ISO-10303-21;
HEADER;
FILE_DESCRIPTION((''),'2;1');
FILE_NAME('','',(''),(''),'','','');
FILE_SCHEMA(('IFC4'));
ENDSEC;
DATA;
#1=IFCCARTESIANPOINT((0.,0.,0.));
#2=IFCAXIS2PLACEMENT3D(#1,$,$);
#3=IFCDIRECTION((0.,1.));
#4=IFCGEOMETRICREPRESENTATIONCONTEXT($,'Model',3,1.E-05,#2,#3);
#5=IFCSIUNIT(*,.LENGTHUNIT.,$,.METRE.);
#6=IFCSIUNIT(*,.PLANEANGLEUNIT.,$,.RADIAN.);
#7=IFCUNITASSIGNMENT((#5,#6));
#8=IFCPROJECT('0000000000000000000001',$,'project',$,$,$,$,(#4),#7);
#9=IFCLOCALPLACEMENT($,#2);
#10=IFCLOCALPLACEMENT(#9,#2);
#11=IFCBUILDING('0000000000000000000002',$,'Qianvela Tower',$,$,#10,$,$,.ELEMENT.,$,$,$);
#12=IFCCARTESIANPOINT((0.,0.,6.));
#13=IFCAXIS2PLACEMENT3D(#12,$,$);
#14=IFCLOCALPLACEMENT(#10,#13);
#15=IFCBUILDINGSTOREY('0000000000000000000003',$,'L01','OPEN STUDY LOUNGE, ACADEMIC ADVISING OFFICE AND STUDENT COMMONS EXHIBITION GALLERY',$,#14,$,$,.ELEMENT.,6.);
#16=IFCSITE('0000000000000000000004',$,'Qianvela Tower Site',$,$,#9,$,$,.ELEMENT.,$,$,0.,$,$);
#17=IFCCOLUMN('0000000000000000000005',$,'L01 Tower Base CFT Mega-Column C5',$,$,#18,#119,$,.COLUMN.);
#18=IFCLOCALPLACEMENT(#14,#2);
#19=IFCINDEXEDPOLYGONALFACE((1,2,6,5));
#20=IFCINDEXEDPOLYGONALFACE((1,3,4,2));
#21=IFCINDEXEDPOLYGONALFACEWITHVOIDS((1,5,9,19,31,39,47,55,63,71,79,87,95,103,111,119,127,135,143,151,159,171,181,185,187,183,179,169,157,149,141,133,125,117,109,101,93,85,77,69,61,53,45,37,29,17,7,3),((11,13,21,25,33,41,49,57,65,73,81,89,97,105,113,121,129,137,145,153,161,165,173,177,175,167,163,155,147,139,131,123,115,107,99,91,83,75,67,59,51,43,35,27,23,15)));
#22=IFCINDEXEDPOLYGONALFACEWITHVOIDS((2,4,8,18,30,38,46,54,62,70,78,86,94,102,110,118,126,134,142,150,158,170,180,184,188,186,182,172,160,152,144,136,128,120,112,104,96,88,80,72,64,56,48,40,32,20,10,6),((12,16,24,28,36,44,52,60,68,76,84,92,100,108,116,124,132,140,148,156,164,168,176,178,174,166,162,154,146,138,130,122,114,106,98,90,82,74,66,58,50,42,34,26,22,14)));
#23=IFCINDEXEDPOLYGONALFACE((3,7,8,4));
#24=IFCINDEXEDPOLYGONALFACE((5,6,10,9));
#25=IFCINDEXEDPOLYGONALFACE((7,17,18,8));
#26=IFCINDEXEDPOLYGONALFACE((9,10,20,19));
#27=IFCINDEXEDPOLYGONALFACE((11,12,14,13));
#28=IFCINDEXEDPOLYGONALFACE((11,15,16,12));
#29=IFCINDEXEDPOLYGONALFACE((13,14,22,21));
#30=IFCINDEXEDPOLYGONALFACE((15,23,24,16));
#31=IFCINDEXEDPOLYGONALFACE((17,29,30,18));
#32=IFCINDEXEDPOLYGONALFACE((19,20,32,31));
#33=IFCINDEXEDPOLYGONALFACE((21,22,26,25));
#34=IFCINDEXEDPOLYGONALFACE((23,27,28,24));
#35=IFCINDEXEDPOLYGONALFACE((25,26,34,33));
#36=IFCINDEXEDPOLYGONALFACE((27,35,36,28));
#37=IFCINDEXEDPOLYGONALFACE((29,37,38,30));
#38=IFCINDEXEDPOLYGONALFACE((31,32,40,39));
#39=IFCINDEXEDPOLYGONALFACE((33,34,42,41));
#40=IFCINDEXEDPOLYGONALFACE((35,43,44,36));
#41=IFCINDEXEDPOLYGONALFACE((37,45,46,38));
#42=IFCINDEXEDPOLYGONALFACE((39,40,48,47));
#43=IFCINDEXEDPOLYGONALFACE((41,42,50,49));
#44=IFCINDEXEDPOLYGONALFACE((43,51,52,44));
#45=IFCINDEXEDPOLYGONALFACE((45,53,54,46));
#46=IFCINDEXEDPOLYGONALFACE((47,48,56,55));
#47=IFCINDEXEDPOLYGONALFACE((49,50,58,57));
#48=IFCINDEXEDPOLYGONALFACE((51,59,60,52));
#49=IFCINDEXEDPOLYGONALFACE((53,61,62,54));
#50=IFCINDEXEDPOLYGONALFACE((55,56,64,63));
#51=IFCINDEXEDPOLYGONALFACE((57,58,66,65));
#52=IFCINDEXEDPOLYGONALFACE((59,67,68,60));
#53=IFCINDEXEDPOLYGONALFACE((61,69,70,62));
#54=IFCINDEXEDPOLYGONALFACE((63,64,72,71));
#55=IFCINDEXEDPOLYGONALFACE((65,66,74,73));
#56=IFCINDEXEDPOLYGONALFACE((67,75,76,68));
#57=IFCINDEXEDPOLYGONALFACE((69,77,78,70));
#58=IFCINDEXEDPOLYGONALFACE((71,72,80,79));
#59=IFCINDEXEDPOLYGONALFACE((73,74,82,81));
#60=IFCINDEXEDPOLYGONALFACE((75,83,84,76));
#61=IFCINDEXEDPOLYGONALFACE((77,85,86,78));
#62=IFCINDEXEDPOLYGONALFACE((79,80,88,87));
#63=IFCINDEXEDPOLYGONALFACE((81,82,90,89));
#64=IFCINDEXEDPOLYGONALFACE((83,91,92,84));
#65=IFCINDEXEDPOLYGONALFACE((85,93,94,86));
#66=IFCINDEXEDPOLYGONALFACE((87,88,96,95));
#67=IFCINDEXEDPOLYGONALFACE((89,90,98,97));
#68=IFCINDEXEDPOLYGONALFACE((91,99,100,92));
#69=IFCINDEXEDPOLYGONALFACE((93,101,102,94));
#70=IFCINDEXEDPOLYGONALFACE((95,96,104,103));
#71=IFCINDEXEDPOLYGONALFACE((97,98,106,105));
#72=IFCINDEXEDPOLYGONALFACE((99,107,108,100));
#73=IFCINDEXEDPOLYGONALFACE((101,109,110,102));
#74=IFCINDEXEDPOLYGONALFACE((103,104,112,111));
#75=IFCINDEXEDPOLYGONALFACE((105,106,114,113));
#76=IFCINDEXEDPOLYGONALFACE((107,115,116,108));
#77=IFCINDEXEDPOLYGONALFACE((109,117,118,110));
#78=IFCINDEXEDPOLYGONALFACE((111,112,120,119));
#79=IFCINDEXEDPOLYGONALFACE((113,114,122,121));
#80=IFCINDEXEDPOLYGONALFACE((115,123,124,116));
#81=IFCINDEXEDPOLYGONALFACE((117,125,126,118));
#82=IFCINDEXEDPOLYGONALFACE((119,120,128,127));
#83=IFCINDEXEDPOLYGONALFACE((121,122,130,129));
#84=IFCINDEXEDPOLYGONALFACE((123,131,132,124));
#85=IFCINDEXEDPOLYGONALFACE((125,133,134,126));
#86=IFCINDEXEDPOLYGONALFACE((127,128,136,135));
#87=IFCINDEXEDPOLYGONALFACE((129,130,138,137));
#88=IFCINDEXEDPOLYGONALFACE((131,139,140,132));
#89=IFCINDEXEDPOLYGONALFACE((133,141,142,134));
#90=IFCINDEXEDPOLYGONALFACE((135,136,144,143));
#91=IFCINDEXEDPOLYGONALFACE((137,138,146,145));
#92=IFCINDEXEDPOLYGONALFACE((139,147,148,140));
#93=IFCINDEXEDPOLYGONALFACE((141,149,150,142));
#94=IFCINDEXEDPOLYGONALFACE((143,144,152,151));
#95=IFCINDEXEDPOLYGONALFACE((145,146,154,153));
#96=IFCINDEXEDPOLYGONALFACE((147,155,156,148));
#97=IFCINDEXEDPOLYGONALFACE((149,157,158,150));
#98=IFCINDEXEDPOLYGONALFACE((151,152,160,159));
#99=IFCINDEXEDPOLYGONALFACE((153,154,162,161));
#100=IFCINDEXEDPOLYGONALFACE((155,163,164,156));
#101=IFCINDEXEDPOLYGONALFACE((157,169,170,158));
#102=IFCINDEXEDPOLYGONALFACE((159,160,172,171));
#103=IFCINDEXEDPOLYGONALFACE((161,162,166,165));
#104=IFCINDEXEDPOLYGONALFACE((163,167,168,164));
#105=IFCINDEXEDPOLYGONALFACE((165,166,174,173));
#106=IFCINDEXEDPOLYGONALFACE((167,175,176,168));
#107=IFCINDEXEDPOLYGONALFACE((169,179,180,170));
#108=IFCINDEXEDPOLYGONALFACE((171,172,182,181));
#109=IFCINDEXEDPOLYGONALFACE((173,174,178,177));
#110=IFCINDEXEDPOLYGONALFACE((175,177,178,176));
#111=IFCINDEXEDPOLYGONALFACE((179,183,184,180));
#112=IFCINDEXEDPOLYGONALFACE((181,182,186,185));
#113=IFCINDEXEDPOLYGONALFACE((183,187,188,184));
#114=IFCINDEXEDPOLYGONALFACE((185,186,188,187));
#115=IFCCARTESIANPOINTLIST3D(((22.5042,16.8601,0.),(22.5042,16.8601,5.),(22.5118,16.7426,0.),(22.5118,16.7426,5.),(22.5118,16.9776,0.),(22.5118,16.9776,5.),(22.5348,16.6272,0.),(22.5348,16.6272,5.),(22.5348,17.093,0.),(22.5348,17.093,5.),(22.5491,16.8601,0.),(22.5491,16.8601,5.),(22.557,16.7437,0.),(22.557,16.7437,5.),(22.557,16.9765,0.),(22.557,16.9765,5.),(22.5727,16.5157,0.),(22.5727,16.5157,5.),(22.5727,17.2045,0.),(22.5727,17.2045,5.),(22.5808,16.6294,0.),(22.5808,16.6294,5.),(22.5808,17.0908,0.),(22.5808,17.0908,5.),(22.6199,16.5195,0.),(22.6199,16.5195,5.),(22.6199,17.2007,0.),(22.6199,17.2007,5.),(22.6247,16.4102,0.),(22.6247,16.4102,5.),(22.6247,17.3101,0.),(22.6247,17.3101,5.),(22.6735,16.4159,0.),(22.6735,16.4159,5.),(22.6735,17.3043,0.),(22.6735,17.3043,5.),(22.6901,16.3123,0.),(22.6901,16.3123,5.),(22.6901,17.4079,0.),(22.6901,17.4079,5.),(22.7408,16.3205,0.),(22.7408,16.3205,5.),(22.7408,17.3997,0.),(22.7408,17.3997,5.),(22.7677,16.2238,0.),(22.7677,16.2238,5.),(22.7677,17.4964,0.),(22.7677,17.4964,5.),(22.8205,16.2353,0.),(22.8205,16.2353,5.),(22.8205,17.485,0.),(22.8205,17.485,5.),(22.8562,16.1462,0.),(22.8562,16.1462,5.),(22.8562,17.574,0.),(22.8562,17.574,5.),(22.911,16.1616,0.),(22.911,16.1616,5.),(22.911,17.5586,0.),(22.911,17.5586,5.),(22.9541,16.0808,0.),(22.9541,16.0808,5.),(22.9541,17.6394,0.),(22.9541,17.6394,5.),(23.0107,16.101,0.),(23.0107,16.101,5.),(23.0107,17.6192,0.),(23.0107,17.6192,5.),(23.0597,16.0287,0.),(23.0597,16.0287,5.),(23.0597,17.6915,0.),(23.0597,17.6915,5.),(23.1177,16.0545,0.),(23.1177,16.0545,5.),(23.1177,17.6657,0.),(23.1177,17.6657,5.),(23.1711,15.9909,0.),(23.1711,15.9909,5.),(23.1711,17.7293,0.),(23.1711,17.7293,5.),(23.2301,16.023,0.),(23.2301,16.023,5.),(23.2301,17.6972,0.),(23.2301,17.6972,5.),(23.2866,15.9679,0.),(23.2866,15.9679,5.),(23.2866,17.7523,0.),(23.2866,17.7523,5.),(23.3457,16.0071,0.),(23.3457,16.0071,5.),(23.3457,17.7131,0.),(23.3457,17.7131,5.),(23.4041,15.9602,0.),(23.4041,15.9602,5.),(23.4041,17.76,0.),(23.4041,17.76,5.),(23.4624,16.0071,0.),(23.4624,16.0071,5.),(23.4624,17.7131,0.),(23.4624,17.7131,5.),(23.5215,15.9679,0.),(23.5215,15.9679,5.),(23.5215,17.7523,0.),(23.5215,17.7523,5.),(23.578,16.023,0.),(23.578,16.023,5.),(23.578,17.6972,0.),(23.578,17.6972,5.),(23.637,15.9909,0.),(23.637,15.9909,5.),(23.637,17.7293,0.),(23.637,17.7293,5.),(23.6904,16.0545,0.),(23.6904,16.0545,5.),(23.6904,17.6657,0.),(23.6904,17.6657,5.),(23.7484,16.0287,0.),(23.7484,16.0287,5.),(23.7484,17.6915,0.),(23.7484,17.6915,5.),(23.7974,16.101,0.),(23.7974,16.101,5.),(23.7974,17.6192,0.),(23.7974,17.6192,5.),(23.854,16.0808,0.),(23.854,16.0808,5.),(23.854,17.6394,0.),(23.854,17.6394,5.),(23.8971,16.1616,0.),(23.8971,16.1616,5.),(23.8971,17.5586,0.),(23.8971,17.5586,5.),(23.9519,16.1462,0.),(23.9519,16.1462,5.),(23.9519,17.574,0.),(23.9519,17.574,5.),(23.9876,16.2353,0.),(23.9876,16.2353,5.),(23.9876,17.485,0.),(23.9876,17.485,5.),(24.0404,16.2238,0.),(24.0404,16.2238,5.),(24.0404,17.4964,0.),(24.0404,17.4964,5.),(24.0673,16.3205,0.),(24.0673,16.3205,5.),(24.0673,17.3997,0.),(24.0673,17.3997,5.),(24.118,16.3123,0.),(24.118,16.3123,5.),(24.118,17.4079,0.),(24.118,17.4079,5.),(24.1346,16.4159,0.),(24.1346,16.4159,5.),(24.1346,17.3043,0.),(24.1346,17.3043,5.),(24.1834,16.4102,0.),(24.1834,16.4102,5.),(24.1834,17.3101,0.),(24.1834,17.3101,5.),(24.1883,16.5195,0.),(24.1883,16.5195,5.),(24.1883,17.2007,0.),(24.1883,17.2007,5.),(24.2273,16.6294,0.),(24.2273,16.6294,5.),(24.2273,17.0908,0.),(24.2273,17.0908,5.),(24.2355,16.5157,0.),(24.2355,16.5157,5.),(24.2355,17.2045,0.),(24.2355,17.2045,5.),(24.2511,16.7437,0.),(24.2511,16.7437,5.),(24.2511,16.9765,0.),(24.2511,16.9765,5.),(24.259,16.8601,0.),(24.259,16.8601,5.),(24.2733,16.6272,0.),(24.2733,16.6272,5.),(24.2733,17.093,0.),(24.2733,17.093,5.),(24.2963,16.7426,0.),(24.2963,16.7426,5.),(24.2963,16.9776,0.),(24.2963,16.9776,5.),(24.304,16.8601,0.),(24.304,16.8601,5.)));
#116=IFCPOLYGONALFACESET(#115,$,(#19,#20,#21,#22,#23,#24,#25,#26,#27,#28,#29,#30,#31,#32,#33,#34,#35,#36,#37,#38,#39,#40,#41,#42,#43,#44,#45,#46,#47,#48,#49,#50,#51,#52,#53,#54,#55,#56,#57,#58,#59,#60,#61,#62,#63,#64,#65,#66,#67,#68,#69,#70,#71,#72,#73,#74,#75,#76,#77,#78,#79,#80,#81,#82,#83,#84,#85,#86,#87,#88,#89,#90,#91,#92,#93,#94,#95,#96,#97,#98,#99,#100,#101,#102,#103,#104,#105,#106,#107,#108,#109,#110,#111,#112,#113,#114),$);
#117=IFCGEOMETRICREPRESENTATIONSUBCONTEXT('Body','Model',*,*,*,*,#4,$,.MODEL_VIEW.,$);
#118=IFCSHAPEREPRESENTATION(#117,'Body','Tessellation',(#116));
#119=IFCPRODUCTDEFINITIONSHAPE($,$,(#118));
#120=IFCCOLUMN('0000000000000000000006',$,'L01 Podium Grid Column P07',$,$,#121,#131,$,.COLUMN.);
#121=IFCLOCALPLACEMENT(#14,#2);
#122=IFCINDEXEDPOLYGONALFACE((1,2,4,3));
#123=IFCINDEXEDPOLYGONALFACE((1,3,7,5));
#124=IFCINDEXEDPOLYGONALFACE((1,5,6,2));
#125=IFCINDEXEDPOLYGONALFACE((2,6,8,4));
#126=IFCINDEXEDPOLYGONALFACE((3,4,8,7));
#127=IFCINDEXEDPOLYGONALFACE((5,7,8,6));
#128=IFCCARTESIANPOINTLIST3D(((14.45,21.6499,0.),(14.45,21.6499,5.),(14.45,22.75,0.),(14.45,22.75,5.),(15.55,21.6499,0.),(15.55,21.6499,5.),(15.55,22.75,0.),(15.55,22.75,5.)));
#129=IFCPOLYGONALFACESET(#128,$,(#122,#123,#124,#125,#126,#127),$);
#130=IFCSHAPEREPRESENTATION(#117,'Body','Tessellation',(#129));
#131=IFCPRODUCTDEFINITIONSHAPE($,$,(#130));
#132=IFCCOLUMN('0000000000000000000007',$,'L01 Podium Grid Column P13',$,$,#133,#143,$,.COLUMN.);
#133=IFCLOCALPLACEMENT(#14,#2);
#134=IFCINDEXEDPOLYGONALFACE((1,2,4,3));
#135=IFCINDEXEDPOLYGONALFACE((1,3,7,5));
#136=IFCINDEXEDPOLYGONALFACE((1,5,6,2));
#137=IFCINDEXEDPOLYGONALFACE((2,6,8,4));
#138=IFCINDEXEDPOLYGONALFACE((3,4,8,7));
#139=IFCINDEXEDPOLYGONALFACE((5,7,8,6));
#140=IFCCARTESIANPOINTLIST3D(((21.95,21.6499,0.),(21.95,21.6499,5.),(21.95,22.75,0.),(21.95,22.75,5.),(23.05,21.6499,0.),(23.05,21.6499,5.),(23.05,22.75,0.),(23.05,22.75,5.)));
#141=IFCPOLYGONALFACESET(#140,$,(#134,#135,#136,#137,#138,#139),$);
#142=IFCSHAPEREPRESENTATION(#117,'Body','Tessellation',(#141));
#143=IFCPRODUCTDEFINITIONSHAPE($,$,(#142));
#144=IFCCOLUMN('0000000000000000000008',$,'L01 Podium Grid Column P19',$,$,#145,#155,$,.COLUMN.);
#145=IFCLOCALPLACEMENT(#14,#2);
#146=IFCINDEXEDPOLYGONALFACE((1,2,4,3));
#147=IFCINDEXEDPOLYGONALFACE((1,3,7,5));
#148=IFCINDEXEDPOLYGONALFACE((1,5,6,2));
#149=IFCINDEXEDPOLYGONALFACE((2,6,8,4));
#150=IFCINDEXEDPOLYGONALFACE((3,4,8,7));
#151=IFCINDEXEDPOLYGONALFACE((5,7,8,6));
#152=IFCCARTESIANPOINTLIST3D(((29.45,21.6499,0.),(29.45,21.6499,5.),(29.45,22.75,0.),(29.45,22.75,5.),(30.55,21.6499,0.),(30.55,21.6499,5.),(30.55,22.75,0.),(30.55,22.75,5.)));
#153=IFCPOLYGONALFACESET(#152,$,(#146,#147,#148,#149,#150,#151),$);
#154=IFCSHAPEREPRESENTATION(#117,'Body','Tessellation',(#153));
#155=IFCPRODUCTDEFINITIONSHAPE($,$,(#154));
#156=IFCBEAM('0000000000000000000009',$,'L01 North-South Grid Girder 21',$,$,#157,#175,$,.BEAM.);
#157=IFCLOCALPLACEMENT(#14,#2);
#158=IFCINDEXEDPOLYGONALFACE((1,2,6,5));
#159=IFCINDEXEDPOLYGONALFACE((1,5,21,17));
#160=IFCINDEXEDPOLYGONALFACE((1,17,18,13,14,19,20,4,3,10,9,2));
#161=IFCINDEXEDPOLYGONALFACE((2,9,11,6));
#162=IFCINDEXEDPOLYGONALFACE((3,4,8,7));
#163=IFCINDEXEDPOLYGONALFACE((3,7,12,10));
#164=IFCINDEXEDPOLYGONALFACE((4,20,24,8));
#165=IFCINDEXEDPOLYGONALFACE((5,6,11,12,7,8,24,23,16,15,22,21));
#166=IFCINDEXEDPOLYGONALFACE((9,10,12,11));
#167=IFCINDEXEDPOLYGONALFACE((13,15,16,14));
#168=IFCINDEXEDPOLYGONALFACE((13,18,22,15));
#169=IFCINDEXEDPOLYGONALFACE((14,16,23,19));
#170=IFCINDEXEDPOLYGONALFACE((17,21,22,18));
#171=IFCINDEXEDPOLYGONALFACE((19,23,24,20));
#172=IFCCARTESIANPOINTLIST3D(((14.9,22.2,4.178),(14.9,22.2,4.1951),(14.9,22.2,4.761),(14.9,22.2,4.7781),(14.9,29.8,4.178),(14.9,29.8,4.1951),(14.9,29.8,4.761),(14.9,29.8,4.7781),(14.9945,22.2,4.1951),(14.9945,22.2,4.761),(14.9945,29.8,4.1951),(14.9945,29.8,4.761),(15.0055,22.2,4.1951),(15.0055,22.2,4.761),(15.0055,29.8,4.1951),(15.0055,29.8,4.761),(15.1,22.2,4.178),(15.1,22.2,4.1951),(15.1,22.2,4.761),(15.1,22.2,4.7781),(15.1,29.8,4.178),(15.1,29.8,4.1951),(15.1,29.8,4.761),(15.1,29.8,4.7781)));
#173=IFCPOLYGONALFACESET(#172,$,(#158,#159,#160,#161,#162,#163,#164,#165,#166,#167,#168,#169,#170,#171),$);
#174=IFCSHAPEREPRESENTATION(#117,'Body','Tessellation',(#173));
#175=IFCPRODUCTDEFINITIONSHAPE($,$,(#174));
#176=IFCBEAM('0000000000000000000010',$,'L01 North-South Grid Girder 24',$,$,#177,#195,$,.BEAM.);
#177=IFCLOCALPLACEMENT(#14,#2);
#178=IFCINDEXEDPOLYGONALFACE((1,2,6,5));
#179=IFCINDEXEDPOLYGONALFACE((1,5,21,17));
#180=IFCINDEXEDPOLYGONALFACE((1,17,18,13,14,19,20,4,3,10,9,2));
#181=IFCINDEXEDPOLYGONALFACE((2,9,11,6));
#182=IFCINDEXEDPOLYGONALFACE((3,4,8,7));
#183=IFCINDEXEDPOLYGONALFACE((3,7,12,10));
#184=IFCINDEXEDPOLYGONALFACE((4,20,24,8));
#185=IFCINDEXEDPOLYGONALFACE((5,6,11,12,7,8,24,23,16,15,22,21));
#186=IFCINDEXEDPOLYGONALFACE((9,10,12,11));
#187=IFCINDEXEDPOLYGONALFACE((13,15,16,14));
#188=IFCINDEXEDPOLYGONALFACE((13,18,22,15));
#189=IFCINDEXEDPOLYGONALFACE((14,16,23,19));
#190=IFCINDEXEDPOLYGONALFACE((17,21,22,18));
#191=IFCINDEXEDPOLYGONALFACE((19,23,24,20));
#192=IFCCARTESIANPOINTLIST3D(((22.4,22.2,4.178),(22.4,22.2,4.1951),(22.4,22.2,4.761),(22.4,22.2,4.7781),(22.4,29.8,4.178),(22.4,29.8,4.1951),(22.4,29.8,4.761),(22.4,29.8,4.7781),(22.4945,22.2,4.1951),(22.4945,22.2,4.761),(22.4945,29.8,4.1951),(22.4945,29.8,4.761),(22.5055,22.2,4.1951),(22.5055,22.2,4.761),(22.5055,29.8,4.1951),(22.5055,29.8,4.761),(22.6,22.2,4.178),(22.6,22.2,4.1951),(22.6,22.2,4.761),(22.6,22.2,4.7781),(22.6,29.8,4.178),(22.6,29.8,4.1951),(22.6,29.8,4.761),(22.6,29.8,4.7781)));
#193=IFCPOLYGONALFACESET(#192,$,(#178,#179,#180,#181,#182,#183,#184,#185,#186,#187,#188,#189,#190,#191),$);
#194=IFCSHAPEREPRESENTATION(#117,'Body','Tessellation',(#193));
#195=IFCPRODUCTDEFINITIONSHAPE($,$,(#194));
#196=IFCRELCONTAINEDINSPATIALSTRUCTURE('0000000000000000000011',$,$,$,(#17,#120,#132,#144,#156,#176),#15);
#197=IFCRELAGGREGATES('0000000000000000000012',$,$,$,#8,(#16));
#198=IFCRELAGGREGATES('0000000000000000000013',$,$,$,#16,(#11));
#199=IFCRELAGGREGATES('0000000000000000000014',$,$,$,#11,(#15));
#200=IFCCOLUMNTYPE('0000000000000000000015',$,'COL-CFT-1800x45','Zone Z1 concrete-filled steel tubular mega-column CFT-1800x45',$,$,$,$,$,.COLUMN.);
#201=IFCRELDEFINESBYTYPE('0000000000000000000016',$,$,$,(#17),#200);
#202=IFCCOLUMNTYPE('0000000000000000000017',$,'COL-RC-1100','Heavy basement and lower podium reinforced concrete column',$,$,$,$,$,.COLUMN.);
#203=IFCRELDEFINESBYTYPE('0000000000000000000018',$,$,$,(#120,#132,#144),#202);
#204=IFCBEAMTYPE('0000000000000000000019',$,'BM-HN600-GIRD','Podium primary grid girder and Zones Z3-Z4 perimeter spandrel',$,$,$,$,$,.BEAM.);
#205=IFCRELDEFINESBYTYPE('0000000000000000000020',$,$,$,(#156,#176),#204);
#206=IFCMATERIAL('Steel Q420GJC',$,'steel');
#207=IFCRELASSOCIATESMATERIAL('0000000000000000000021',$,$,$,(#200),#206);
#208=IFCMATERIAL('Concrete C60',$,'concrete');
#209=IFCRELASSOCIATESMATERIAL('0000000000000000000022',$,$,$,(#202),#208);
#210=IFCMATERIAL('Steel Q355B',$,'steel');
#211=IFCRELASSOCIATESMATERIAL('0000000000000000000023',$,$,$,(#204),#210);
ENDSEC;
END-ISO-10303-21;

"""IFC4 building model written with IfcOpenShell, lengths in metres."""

from ifc_helpers import new_model, si_unit, direction, frame, origin, origin_2d, place, context, subcontext, project, spatial, rectangle, hollow_circle, i_section, extrude, material, material_profile, profile_set, type_object, element, save


model = new_model("IFC4")

# Units and contexts
model_context = context("Model", 3, precision=1e-05, world=origin(), true_north=direction((0.0, 1.0)))
body_context = subcontext(model_context, "Body", "Model", "MODEL_VIEW")
ifc_project = project(units=[si_unit("LENGTHUNIT", "METRE"), si_unit("PLANEANGLEUNIT", "RADIAN")], contexts=[model_context])

# Site, building, storey
site_placement = place(None, origin())
site = spatial("IfcSite", under=ifc_project, at=site_placement, Name="Qianvela Tower Site", CompositionType="ELEMENT", RefElevation=0.0)
building_placement = place(site_placement, origin())
building = spatial("IfcBuilding", under=site, at=building_placement, Name="Qianvela Tower", CompositionType="ELEMENT")
storey_placement = place(building_placement, frame((0.0, 0.0, 6.0)))
storey = spatial("IfcBuildingStorey", under=building, at=storey_placement, Name="L01", Description="OPEN STUDY LOUNGE, ACADEMIC ADVISING OFFICE AND STUDENT COMMONS EXHIBITION GALLERY", CompositionType="ELEMENT", Elevation=6.0)

# Columns
ifc_material_1 = material(Name="Steel Q420GJC", Category="steel")
ifc_material_profile_1 = material_profile(ifc_material_1, hollow_circle(Radius=0.8999, WallThickness=0.0449, at=origin_2d()), Name="CFT-1800x45")
ifc_profile_set_1 = profile_set([ifc_material_profile_1], Name="Steel Q420GJC")
column_type_1 = type_object("IfcColumnType", Name="COL-CFT-1800x45", Description="Zone Z1 concrete-filled steel tubular mega-column CFT-1800x45", PredefinedType="COLUMN", material=ifc_profile_set_1)
column_placement = place(storey_placement, frame((23.4041, 16.8601, 0.0), z_axis=(0.0, 0.0, 1.0), x_axis=(1.0, 0.0, 0.0)))
element("IfcColumn", 1, at=column_placement, inside=storey, type_object=column_type_1, Name="L01 Tower Base CFT Mega-Column C5", PredefinedType="COLUMN", context=body_context, shape_type="SweptSolid", body=[
    extrude(hollow_circle(Radius=0.8999, WallThickness=0.0449, at=origin_2d()), origin(), (0.0, 0.0, 1.0), 5.0),
])
ifc_material_2 = material(Name="Concrete C60", Category="concrete")
ifc_material_profile_2 = material_profile(ifc_material_2, rectangle(XDim=1.1001, YDim=1.1001, at=origin_2d()), Name="RC-COL-1100x1100")
ifc_profile_set_2 = profile_set([ifc_material_profile_2], Name="Concrete C60")
column_type_2 = type_object("IfcColumnType", Name="COL-RC-1100", Description="Heavy basement and lower podium reinforced concrete column", PredefinedType="COLUMN", material=ifc_profile_set_2)
for number, where, z_axis, x_axis, name in (
    (2, (15.0, 22.2, 0.0), (0.0, 0.0, 1.0), (1.0, 0.0, 0.0), "L01 Podium Grid Column P07"),
    (3, (22.5, 22.2, 0.0), (0.0, 0.0, 1.0), (1.0, 0.0, 0.0), "L01 Podium Grid Column P13"),
    (4, (30.0, 22.2, 0.0), (0.0, 0.0, 1.0), (1.0, 0.0, 0.0), "L01 Podium Grid Column P19"),
):
    element("IfcColumn", number, at=place(storey_placement, frame(where, z_axis=z_axis, x_axis=x_axis)), inside=storey, type_object=column_type_2, Name=name, PredefinedType="COLUMN", context=body_context, shape_type="SweptSolid", body=[
        extrude(rectangle(XDim=1.1001, YDim=1.1001, at=origin_2d()), origin(), (0.0, 0.0, 1.0), 5.0),
    ])

# Beams
ifc_material_3 = material(Name="Steel Q355B", Category="steel")
ifc_material_profile_3 = material_profile(ifc_material_3, i_section(OverallWidth=0.2, OverallDepth=0.6001, WebThickness=0.011, FlangeThickness=0.0171, at=origin_2d()), Name="HN600x200x11x17")
ifc_profile_set_3 = profile_set([ifc_material_profile_3], Name="Steel Q355B")
beam_type_1 = type_object("IfcBeamType", Name="BM-HN600-GIRD", Description="Podium primary grid girder and Zones Z3-Z4 perimeter spandrel", PredefinedType="BEAM", material=ifc_profile_set_3)
for number, where, z_axis, x_axis, name in (
    (5, (15.0, 22.2, 4.478), (0.0, 1.0, 0.0), (-1.0, 0.0, 0.0), "L01 North-South Grid Girder 21"),
    (6, (22.5, 22.2, 4.478), (0.0, 1.0, 0.0), (-1.0, 0.0, 0.0), "L01 North-South Grid Girder 24"),
):
    element("IfcBeam", number, at=place(storey_placement, frame(where, z_axis=z_axis, x_axis=x_axis)), inside=storey, type_object=beam_type_1, Name=name, PredefinedType="BEAM", context=body_context, shape_type="SweptSolid", body=[
        extrude(i_section(OverallWidth=0.2, OverallDepth=0.6001, WebThickness=0.011, FlangeThickness=0.0171, at=origin_2d()), origin(), (0.0, 0.0, 1.0), 7.6001),
    ])

save(model, "model.ifc")
